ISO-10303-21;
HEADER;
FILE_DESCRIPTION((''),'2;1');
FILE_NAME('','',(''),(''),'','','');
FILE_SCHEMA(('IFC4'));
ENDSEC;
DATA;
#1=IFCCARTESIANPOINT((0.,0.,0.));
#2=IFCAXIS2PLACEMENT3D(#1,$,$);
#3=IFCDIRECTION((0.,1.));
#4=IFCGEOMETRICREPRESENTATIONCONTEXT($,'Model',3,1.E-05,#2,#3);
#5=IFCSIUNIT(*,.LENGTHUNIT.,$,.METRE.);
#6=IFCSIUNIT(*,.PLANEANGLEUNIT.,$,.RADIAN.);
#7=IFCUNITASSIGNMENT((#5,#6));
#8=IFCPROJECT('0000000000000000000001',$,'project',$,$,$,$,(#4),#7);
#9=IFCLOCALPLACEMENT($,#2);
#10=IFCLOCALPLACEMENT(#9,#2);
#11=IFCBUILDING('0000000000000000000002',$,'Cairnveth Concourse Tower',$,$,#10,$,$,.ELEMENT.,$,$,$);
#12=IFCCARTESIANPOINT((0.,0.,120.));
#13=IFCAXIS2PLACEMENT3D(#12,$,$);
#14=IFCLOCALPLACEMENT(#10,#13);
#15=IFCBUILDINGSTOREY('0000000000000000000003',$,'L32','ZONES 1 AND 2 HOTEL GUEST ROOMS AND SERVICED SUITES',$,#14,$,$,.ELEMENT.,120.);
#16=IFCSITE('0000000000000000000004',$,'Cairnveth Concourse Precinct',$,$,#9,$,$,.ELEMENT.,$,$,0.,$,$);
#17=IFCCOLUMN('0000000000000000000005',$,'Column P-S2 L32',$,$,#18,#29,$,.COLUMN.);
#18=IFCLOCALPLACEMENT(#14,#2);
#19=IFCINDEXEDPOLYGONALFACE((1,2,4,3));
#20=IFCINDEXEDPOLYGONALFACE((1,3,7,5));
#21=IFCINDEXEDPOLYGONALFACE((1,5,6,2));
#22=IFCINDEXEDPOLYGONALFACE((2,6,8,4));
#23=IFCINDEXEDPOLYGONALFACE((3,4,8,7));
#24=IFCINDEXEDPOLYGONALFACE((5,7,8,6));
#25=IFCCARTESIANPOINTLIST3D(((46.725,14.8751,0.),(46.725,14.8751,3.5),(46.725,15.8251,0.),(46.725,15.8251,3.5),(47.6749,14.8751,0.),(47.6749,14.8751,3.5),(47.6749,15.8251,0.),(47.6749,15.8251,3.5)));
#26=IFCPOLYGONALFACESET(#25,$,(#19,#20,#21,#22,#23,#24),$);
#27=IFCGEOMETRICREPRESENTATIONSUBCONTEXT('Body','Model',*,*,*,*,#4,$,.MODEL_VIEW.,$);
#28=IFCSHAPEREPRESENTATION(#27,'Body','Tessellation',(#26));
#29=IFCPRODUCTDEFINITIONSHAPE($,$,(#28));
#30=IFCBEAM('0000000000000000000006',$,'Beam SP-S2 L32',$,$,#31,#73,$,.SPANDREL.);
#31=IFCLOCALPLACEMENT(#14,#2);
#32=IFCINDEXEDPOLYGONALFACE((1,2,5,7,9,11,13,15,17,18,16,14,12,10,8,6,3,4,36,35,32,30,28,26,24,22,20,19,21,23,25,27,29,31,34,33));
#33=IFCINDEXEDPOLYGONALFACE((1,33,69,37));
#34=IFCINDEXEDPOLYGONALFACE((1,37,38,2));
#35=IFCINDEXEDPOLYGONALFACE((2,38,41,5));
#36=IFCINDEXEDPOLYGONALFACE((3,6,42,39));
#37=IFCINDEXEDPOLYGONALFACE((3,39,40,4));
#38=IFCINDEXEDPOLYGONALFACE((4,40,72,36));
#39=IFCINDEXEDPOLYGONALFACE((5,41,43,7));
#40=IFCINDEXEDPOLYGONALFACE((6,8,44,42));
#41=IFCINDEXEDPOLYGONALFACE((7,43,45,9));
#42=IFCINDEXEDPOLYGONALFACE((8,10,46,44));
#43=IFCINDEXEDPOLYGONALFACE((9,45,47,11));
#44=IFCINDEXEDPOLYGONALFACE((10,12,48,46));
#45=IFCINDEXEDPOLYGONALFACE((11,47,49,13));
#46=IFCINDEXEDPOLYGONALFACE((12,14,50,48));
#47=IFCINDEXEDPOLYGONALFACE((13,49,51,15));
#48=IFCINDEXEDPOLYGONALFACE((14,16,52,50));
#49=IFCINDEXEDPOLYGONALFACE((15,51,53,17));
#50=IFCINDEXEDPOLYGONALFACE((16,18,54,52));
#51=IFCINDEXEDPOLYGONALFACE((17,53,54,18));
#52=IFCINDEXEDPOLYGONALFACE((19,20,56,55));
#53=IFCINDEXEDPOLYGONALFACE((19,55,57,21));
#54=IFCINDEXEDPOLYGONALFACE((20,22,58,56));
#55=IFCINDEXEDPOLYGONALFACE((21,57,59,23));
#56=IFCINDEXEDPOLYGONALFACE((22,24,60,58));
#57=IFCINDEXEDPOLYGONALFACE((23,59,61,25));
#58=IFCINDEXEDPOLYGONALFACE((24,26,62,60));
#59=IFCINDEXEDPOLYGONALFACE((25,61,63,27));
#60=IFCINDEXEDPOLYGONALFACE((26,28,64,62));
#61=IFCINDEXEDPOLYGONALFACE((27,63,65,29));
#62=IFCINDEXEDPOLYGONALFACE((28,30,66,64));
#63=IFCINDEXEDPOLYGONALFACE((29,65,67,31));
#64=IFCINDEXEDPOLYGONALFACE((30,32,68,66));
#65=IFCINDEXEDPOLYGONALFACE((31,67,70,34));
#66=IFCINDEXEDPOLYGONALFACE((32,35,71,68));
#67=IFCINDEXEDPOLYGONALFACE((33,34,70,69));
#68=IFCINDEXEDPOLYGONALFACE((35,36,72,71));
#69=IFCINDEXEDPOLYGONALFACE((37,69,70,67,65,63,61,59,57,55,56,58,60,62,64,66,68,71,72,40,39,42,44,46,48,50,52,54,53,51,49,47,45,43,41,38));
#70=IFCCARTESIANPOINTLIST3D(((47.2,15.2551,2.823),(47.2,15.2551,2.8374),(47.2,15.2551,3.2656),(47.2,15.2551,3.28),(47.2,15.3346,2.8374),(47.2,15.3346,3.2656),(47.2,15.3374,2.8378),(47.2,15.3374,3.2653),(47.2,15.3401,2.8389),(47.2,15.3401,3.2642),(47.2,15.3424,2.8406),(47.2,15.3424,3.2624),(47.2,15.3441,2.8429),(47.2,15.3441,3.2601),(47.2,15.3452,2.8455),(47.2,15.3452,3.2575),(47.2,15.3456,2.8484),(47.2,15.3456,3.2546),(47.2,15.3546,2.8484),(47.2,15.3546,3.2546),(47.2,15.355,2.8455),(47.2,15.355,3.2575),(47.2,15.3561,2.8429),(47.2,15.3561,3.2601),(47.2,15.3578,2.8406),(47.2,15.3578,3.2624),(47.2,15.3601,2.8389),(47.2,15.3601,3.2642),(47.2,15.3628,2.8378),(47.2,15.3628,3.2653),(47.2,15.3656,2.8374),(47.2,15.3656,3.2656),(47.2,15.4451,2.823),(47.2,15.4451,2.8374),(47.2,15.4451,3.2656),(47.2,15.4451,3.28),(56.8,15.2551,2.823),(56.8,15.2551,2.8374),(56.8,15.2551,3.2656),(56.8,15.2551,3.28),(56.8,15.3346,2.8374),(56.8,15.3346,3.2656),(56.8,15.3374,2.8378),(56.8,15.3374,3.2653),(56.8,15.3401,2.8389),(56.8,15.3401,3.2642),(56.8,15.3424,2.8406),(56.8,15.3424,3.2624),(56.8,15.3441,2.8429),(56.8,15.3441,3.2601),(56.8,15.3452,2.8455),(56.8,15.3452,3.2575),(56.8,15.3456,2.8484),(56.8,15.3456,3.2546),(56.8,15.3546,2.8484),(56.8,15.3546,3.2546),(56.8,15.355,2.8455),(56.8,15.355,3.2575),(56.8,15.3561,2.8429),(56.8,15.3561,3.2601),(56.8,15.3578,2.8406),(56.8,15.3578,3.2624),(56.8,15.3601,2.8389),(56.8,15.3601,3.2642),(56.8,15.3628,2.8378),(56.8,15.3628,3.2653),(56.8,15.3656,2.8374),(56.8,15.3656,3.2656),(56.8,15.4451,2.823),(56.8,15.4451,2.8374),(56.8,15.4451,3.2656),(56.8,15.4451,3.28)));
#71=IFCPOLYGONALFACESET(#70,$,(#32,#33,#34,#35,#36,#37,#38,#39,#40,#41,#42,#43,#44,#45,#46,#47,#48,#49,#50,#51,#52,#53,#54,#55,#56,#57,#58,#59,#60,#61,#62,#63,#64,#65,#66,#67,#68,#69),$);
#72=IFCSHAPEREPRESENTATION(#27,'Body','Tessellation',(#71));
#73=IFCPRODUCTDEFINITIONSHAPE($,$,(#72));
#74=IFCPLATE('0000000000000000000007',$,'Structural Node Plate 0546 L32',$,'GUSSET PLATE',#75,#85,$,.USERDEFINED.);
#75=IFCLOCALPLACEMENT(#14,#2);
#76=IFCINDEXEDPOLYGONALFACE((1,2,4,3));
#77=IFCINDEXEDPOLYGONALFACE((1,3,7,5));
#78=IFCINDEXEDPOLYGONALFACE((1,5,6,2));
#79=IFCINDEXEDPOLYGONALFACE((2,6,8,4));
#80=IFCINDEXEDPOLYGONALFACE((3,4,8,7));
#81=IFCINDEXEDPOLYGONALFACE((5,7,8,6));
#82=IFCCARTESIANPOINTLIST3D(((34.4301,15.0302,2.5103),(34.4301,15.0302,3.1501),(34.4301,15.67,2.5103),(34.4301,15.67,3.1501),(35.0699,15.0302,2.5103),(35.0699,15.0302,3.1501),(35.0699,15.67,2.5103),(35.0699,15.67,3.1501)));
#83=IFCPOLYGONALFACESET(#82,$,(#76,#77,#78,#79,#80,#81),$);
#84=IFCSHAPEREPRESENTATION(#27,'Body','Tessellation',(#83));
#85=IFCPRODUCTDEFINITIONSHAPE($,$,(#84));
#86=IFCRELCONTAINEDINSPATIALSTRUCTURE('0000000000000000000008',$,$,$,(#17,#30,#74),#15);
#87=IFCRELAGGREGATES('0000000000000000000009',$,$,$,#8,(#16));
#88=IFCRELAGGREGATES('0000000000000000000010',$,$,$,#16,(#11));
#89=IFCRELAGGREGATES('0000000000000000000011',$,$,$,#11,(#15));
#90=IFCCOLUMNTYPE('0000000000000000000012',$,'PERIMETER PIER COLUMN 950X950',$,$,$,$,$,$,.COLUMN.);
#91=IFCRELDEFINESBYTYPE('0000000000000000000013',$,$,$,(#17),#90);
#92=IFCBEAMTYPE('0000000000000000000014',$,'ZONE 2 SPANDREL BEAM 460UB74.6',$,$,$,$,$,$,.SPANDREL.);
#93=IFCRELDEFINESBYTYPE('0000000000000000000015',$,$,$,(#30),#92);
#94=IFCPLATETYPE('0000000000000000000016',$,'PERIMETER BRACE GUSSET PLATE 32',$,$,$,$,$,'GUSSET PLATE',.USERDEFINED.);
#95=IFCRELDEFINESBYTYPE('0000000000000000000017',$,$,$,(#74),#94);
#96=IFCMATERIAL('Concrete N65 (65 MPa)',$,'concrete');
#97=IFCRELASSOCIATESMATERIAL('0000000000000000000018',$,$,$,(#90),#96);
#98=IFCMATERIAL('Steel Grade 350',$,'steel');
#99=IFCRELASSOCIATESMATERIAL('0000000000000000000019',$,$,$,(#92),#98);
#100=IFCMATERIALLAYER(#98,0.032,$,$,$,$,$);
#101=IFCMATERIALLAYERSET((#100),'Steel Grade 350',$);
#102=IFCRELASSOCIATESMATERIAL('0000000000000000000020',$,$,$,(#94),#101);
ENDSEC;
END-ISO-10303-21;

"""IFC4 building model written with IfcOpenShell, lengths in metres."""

from ifc_helpers import new_model, si_unit, direction, frame, origin, origin_2d, place, context, subcontext, project, spatial, rectangle, i_section, extrude, material, layer, layer_set, material_profile, profile_set, type_object, element, save


model = new_model("IFC4")

# Units and contexts
model_context = context("Model", 3, precision=1e-05, world=origin(), true_north=direction((0.0, 1.0)))
body_context = subcontext(model_context, "Body", "Model", "MODEL_VIEW")
ifc_project = project(units=[si_unit("LENGTHUNIT", "METRE"), si_unit("PLANEANGLEUNIT", "RADIAN")], contexts=[model_context])

# Site, building, storey
site_placement = place(None, origin())
site = spatial("IfcSite", under=ifc_project, at=site_placement, Name="Cairnveth Concourse Precinct", CompositionType="ELEMENT", RefElevation=0.0)
building_placement = place(site_placement, origin())
building = spatial("IfcBuilding", under=site, at=building_placement, Name="Cairnveth Concourse Tower", CompositionType="ELEMENT")
storey_placement = place(building_placement, frame((0.0, 0.0, 120.0)))
storey = spatial("IfcBuildingStorey", under=building, at=storey_placement, Name="L32", Description="ZONES 1 AND 2 HOTEL GUEST ROOMS AND SERVICED SUITES", CompositionType="ELEMENT", Elevation=120.0)

# Column
ifc_material_1 = material(Name="Concrete N65 (65 MPa)", Category="concrete")
ifc_material_profile_1 = material_profile(ifc_material_1, rectangle(XDim=0.95, YDim=0.95, at=origin_2d()), Name="RC-COL-950x950")
ifc_profile_set_1 = profile_set([ifc_material_profile_1], Name="Concrete N65 (65 MPa)")
column_type = type_object("IfcColumnType", Name="PERIMETER PIER COLUMN 950X950", PredefinedType="COLUMN", material=ifc_profile_set_1)
column_placement = place(storey_placement, frame((47.2, 15.3501, 0.0), z_axis=(0.0, 0.0, 1.0), x_axis=(1.0, 0.0, 0.0)))
element("IfcColumn", 1, at=column_placement, inside=storey, type_object=column_type, Name="Column P-S2 L32", PredefinedType="COLUMN", context=body_context, shape_type="SweptSolid", body=[
    extrude(rectangle(XDim=0.95, YDim=0.95, at=origin_2d()), origin(), (0.0, 0.0, 1.0), 3.5),
])

# Beam
ifc_material_2 = material(Name="Steel Grade 350", Category="steel")
ifc_material_profile_2 = material_profile(ifc_material_2, i_section(OverallWidth=0.1899, OverallDepth=0.457, WebThickness=0.009, FlangeThickness=0.0144, FilletRadius=0.011, at=origin_2d()), Name="460UB74.6")
ifc_profile_set_2 = profile_set([ifc_material_profile_2], Name="Steel Grade 350")
beam_type = type_object("IfcBeamType", Name="ZONE 2 SPANDREL BEAM 460UB74.6", PredefinedType="SPANDREL", material=ifc_profile_set_2)
beam_placement = place(storey_placement, frame((47.2, 15.3501, 3.0515), z_axis=(1.0, 0.0, 0.0), x_axis=(0.0, 1.0, 0.0)))
element("IfcBeam", 2, at=beam_placement, inside=storey, type_object=beam_type, Name="Beam SP-S2 L32", PredefinedType="SPANDREL", context=body_context, shape_type="SweptSolid", body=[
    extrude(i_section(OverallWidth=0.1899, OverallDepth=0.457, WebThickness=0.009, FlangeThickness=0.0144, FilletRadius=0.011, at=origin_2d()), origin(), (0.0, 0.0, 1.0), 9.6001),
])

# Plate
ifc_layer_1 = layer(ifc_material_2, 0.032)
ifc_layer_set_1 = layer_set([ifc_layer_1], Name="Steel Grade 350")
plate_type = type_object("IfcPlateType", Name="PERIMETER BRACE GUSSET PLATE 32", ElementType="GUSSET PLATE", PredefinedType="USERDEFINED", material=ifc_layer_set_1)
plate_placement = place(storey_placement, frame((34.75, 15.3501, 2.5103), z_axis=(0.0, 0.0, 1.0), x_axis=(1.0, 0.0, 0.0)))
element("IfcPlate", 3, at=plate_placement, inside=storey, type_object=plate_type, Name="Structural Node Plate 0546 L32", ObjectType="GUSSET PLATE", PredefinedType="USERDEFINED", context=body_context, shape_type="SweptSolid", body=[
    extrude(rectangle(XDim=0.6399, YDim=0.6399, at=origin_2d()), origin(), (0.0, 0.0, 1.0), 0.6399),
])

save(model, "model.ifc")
